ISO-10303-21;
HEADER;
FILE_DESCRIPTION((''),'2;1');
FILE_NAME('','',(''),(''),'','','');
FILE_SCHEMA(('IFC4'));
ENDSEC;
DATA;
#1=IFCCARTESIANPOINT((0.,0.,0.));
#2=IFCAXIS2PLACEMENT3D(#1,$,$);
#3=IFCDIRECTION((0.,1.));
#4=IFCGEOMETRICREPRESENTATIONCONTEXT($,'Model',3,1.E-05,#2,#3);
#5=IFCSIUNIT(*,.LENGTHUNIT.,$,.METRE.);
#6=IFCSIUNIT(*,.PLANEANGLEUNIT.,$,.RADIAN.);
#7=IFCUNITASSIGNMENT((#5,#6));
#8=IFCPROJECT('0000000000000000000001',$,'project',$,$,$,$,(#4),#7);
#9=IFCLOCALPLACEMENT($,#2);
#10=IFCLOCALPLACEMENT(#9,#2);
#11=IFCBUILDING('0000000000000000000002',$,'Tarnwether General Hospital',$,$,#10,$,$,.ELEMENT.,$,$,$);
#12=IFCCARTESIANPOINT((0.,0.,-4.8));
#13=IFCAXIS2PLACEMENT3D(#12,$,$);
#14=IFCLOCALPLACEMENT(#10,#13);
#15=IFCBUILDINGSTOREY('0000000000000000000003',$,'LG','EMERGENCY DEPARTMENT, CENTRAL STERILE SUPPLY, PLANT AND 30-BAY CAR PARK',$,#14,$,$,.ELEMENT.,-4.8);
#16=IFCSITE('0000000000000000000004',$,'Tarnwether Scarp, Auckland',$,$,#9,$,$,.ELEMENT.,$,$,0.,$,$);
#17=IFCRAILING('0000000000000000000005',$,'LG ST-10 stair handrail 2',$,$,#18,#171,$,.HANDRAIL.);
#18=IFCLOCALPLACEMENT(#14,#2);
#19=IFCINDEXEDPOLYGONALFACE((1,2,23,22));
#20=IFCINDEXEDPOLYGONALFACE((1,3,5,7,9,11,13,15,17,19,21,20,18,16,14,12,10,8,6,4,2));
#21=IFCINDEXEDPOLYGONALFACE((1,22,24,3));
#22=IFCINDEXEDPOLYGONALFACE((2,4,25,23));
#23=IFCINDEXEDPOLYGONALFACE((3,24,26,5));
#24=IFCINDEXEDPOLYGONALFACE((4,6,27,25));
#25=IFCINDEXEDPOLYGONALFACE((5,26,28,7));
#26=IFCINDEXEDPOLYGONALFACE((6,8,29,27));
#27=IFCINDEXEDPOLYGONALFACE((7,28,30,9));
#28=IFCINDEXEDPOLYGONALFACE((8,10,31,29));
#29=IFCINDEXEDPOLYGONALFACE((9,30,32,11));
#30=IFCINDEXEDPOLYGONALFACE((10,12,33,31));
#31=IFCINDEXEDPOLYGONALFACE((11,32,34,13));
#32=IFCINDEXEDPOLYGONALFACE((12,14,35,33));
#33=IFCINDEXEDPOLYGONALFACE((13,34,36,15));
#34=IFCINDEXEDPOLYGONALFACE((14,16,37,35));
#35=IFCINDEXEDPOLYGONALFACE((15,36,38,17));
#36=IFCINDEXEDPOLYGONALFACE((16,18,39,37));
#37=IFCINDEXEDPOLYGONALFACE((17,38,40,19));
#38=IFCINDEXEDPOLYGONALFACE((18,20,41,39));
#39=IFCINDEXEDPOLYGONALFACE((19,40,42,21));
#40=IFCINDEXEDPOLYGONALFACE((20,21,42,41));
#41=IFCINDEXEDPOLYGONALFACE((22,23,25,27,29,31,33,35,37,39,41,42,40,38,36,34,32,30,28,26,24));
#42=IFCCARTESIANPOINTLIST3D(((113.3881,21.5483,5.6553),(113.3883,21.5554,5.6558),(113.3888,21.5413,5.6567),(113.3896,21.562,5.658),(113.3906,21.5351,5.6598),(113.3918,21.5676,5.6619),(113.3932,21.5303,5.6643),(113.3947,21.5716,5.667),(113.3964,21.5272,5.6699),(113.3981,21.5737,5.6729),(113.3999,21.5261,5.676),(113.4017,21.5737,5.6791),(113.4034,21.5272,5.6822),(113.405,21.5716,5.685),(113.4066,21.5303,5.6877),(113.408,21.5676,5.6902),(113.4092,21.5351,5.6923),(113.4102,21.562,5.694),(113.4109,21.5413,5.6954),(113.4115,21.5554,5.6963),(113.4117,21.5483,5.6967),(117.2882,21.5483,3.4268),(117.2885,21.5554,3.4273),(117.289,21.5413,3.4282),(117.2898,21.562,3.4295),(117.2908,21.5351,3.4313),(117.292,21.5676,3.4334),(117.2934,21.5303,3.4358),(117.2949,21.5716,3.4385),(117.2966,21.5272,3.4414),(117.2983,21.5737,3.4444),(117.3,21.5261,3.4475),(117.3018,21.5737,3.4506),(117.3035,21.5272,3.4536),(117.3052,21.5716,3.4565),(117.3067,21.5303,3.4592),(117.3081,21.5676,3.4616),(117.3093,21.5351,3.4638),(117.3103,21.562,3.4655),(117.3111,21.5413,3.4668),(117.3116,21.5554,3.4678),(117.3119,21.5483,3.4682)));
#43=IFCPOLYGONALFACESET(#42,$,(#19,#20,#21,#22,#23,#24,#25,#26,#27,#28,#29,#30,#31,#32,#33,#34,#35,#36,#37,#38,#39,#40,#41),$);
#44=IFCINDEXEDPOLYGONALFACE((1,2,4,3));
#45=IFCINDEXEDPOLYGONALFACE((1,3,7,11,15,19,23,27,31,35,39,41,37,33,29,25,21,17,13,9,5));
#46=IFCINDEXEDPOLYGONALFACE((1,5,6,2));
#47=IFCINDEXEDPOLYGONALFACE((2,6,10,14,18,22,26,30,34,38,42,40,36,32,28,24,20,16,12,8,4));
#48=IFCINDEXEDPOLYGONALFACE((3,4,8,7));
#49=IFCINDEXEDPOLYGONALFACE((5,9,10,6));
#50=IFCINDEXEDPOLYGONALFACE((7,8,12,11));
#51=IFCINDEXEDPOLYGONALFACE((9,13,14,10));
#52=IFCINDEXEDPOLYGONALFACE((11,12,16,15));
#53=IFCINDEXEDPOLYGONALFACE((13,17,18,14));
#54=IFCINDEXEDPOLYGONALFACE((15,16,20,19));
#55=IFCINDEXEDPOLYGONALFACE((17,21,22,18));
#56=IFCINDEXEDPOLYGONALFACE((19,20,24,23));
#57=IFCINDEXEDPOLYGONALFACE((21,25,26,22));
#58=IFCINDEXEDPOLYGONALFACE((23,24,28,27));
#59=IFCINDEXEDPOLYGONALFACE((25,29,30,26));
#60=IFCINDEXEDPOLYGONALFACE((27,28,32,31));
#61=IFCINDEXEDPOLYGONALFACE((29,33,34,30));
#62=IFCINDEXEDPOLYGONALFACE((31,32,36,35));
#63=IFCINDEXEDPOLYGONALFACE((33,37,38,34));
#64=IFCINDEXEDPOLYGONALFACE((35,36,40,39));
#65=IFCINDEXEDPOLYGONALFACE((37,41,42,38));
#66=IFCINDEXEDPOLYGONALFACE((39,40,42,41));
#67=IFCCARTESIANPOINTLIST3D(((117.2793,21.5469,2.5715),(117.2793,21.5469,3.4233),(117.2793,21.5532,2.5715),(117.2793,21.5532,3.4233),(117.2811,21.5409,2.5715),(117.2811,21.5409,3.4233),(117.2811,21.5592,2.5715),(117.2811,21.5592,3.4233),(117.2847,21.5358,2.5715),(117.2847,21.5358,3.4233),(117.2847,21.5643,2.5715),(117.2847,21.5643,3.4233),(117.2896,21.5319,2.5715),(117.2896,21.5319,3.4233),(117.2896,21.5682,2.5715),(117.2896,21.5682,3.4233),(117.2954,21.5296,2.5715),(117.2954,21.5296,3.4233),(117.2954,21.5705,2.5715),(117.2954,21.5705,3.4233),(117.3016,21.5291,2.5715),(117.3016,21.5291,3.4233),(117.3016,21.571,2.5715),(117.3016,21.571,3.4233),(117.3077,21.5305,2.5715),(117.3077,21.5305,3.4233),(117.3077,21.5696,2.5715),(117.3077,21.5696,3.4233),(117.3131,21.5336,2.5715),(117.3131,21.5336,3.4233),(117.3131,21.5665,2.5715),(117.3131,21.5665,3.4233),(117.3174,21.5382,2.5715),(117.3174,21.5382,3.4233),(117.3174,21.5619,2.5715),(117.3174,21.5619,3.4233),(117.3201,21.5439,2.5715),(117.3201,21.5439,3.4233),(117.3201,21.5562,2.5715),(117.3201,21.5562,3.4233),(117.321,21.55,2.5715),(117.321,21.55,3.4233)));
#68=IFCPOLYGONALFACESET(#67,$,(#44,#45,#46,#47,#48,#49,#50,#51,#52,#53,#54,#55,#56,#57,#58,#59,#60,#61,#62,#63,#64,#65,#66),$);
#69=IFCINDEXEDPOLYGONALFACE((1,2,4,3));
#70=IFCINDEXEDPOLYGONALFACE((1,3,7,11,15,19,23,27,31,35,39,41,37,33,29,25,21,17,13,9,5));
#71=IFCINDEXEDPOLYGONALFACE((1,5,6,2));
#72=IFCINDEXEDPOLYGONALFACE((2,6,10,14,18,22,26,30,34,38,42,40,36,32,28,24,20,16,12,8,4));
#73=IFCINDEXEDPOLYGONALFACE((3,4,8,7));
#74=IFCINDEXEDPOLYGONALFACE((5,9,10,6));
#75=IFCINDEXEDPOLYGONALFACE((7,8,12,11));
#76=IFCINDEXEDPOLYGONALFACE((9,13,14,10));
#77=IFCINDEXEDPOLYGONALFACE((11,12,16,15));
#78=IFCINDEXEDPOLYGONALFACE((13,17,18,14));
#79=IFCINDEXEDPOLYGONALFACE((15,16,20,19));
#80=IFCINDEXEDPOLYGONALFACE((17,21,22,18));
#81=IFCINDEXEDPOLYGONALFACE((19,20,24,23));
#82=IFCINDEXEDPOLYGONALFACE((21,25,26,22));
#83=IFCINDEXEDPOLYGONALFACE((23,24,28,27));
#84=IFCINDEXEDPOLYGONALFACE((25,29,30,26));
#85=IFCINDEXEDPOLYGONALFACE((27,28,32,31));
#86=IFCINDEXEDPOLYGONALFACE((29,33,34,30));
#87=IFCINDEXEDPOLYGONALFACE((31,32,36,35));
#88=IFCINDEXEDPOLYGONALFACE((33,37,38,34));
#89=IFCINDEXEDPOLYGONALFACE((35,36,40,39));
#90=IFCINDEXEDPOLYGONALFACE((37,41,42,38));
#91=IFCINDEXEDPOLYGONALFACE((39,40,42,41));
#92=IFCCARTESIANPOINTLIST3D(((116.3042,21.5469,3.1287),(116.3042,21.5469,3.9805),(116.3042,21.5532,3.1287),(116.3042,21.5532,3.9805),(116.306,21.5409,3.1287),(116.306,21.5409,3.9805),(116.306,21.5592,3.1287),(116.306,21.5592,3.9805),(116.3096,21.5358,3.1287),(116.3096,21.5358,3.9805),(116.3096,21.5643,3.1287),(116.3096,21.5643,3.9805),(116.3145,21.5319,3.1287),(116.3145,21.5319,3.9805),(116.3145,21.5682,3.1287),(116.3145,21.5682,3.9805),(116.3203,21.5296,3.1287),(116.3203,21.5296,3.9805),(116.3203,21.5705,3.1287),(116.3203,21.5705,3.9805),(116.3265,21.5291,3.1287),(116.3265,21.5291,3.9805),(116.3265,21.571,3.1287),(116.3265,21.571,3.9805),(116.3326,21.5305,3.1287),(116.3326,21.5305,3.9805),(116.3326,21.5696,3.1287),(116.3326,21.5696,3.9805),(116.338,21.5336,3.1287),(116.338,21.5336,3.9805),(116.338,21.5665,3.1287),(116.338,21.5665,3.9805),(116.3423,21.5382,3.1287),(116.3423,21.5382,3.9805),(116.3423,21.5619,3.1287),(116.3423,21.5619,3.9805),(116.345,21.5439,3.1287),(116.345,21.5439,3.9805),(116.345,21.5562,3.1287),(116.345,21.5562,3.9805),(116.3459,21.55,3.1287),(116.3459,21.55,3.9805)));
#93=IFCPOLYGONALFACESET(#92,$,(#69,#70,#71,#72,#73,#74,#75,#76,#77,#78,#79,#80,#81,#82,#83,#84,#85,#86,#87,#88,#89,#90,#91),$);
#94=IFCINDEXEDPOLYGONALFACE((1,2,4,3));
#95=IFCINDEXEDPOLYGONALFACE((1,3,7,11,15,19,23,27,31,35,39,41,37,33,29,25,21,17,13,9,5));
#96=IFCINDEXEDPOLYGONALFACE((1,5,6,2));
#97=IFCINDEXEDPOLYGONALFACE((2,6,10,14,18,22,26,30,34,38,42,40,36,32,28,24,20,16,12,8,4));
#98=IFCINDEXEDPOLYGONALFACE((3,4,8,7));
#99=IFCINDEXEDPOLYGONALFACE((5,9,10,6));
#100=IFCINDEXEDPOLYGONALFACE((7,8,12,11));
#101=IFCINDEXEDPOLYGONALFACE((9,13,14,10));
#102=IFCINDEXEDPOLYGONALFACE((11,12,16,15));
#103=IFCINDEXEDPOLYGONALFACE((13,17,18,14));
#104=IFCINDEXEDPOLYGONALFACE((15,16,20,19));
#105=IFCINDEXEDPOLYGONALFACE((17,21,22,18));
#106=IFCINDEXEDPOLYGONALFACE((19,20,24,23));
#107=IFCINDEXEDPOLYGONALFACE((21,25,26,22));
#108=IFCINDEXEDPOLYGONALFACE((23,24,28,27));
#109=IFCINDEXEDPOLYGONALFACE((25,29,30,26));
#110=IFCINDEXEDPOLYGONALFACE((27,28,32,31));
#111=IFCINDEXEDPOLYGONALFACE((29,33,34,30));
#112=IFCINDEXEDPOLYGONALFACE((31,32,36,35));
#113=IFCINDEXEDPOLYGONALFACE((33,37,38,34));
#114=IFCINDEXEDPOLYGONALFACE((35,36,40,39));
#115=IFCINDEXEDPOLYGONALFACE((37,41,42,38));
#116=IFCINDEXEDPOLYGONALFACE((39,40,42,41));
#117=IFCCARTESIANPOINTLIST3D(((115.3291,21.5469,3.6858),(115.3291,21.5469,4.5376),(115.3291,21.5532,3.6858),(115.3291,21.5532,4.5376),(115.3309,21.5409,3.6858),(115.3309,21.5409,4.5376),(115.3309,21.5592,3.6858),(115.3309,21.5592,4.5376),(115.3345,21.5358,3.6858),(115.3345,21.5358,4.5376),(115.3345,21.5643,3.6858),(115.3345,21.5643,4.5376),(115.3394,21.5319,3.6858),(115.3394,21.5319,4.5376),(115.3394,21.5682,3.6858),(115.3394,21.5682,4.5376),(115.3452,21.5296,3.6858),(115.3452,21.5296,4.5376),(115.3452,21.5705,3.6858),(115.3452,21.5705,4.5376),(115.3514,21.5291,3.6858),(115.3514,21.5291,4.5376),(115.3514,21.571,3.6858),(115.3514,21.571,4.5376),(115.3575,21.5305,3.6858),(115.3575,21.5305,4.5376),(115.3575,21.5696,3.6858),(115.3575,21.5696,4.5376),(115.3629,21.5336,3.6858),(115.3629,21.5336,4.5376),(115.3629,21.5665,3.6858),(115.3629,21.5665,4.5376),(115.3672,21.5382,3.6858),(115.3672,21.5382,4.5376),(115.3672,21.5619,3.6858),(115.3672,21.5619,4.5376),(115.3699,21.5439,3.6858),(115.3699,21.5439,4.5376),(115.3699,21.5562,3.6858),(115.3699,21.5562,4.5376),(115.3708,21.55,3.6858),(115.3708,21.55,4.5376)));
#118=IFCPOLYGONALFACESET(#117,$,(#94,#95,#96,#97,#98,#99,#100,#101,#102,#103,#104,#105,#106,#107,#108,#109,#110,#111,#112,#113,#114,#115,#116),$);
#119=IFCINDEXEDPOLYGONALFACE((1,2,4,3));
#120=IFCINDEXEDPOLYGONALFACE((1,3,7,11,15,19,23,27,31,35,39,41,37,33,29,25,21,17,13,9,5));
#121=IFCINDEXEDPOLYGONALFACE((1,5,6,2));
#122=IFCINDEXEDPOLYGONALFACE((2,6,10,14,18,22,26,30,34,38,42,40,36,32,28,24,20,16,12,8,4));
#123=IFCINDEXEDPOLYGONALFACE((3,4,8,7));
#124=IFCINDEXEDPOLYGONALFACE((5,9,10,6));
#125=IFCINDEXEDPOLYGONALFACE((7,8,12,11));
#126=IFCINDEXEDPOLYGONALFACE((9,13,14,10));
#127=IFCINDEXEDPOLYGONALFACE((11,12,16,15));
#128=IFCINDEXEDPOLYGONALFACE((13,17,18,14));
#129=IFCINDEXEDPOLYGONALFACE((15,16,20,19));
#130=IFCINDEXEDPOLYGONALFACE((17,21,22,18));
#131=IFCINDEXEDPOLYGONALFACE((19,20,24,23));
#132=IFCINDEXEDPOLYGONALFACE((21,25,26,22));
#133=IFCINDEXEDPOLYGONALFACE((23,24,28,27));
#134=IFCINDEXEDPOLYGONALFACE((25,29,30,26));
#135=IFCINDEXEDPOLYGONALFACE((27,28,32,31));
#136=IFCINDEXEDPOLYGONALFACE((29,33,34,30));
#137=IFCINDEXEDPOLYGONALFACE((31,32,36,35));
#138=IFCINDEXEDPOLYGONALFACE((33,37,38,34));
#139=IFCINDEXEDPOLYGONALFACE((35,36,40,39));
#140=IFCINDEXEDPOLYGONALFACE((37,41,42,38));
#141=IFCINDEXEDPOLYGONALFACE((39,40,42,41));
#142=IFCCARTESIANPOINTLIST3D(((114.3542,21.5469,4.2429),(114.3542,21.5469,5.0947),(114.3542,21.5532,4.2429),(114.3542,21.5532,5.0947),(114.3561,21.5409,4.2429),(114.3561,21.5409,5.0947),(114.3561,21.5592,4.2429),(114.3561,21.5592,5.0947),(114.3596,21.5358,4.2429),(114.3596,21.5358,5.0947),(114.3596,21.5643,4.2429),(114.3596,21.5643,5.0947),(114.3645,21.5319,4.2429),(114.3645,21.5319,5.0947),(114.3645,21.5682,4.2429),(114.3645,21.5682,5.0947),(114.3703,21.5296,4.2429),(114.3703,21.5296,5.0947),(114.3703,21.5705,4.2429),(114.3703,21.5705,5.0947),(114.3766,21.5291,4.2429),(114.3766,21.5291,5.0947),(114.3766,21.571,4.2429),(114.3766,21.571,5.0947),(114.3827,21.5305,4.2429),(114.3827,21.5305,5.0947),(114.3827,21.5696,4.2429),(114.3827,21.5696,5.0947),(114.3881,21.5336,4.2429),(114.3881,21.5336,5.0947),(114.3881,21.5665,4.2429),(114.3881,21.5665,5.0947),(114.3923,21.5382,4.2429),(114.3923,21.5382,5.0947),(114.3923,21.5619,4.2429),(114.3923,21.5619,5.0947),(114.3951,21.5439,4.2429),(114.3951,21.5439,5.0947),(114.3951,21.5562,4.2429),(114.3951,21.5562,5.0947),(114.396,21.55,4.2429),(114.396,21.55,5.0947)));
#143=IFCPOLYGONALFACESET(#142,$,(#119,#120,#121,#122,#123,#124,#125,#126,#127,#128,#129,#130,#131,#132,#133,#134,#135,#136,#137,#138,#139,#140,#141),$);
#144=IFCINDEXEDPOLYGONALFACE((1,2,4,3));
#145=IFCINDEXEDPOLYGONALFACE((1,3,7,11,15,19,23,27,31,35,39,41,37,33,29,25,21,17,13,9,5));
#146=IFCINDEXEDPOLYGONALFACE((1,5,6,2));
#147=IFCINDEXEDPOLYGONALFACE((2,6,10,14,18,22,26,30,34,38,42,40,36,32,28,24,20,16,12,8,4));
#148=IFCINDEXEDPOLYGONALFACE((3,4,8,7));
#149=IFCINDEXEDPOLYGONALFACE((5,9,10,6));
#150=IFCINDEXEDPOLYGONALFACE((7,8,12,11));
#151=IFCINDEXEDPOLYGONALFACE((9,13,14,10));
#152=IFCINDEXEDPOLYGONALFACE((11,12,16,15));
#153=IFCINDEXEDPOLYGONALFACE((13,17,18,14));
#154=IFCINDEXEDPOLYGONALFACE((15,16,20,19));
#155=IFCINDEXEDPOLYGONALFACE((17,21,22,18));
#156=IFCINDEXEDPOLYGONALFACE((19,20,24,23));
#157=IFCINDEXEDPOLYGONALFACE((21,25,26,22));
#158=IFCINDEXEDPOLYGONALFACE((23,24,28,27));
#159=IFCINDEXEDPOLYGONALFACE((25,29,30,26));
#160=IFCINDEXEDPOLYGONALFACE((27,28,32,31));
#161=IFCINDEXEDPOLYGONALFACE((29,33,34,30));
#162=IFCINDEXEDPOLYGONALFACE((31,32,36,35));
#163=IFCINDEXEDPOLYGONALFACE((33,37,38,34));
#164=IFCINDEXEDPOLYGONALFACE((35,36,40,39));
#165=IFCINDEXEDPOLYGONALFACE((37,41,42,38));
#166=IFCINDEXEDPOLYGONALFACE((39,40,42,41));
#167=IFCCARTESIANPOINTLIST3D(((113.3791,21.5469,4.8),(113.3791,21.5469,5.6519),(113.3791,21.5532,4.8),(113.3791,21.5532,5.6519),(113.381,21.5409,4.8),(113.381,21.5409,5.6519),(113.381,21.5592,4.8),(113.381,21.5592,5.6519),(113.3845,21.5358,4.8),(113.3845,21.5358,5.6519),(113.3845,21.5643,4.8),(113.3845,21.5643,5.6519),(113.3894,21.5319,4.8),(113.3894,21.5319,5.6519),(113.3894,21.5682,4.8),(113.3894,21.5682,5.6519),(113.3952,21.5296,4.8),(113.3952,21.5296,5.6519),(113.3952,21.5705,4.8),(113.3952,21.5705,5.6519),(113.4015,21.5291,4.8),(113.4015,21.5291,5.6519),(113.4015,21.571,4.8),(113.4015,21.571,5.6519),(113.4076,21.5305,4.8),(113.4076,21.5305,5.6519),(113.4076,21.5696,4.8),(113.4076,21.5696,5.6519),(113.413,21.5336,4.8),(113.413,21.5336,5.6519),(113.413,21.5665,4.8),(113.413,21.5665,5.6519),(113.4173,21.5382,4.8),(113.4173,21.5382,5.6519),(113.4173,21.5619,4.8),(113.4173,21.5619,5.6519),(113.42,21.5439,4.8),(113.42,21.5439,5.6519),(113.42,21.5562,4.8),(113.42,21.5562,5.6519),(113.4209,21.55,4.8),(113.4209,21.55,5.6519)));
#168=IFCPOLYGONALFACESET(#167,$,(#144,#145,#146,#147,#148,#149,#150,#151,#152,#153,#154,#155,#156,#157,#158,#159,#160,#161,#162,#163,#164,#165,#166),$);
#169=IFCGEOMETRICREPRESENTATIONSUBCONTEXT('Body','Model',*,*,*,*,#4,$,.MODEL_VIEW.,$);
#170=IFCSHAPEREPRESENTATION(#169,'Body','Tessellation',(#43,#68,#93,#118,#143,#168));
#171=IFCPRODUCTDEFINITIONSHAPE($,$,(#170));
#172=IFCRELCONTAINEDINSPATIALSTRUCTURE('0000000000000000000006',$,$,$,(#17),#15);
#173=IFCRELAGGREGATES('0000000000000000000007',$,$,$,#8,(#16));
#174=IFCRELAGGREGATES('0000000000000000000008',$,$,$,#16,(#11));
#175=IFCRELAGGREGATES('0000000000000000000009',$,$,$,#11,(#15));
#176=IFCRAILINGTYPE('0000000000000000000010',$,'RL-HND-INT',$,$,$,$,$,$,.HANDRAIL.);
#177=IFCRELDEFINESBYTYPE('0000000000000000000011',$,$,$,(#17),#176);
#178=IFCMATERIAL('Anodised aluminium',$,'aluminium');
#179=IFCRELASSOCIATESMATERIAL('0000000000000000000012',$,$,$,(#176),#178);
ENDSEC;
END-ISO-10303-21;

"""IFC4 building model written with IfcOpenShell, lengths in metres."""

from ifc_helpers import new_model, si_unit, direction, frame, origin, origin_2d, place, context, subcontext, project, spatial, circle, extrude, material, type_object, element, save


model = new_model("IFC4")

# Units and contexts
model_context = context("Model", 3, precision=1e-05, world=origin(), true_north=direction((0.0, 1.0)))
body_context = subcontext(model_context, "Body", "Model", "MODEL_VIEW")
ifc_project = project(units=[si_unit("LENGTHUNIT", "METRE"), si_unit("PLANEANGLEUNIT", "RADIAN")], contexts=[model_context])

# Site, building, storey
site_placement = place(None, origin())
site = spatial("IfcSite", under=ifc_project, at=site_placement, Name="Tarnwether Scarp, Auckland", CompositionType="ELEMENT", RefElevation=0.0)
building_placement = place(site_placement, origin())
building = spatial("IfcBuilding", under=site, at=building_placement, Name="Tarnwether General Hospital", CompositionType="ELEMENT")
storey_placement = place(building_placement, frame((0.0, 0.0, -4.8)))
storey = spatial("IfcBuildingStorey", under=building, at=storey_placement, Name="LG", Description="EMERGENCY DEPARTMENT, CENTRAL STERILE SUPPLY, PLANT AND 30-BAY CAR PARK", CompositionType="ELEMENT", Elevation=-4.8)

# Railing
ifc_material_1 = material(Name="Anodised aluminium", Category="aluminium")
railing_type_1 = type_object("IfcRailingType", Name="RL-HND-INT", PredefinedType="HANDRAIL", material=ifc_material_1)
railing_1_placement = place(storey_placement, frame((117.3, 21.55, 2.5715)))
element("IfcRailing", 1, at=railing_1_placement, inside=storey, type_object=railing_type_1, Name="LG ST-10 stair handrail 2", PredefinedType="HANDRAIL", context=body_context, shape_type="SweptSolid", body=[
    extrude(circle(Radius=0.0239, at=origin_2d()), frame((0.0, 0.0, 0.876), z_axis=(-0.868257, 0.0, 0.496116), x_axis=(0.0, -1.0, 0.0)), (0.0, 0.0, 1.0), 4.4919),
    extrude(circle(Radius=0.021, at=origin_2d()), origin(), (0.0, 0.0, 1.0), 0.8518),
    extrude(circle(Radius=0.021, at=origin_2d()), frame((-0.9751, 0.0, 0.5571)), (0.0, 0.0, 1.0), 0.8518),
    extrude(circle(Radius=0.021, at=origin_2d()), frame((-1.9502, 0.0, 1.1143)), (0.0, 0.0, 1.0), 0.8518),
    extrude(circle(Radius=0.021, at=origin_2d()), frame((-2.925, 0.0, 1.6714)), (0.0, 0.0, 1.0), 0.8518),
    extrude(circle(Radius=0.021, at=origin_2d()), frame((-3.9001, 0.0, 2.2285)), (0.0, 0.0, 1.0), 0.8518),
])

save(model, "model.ifc")
